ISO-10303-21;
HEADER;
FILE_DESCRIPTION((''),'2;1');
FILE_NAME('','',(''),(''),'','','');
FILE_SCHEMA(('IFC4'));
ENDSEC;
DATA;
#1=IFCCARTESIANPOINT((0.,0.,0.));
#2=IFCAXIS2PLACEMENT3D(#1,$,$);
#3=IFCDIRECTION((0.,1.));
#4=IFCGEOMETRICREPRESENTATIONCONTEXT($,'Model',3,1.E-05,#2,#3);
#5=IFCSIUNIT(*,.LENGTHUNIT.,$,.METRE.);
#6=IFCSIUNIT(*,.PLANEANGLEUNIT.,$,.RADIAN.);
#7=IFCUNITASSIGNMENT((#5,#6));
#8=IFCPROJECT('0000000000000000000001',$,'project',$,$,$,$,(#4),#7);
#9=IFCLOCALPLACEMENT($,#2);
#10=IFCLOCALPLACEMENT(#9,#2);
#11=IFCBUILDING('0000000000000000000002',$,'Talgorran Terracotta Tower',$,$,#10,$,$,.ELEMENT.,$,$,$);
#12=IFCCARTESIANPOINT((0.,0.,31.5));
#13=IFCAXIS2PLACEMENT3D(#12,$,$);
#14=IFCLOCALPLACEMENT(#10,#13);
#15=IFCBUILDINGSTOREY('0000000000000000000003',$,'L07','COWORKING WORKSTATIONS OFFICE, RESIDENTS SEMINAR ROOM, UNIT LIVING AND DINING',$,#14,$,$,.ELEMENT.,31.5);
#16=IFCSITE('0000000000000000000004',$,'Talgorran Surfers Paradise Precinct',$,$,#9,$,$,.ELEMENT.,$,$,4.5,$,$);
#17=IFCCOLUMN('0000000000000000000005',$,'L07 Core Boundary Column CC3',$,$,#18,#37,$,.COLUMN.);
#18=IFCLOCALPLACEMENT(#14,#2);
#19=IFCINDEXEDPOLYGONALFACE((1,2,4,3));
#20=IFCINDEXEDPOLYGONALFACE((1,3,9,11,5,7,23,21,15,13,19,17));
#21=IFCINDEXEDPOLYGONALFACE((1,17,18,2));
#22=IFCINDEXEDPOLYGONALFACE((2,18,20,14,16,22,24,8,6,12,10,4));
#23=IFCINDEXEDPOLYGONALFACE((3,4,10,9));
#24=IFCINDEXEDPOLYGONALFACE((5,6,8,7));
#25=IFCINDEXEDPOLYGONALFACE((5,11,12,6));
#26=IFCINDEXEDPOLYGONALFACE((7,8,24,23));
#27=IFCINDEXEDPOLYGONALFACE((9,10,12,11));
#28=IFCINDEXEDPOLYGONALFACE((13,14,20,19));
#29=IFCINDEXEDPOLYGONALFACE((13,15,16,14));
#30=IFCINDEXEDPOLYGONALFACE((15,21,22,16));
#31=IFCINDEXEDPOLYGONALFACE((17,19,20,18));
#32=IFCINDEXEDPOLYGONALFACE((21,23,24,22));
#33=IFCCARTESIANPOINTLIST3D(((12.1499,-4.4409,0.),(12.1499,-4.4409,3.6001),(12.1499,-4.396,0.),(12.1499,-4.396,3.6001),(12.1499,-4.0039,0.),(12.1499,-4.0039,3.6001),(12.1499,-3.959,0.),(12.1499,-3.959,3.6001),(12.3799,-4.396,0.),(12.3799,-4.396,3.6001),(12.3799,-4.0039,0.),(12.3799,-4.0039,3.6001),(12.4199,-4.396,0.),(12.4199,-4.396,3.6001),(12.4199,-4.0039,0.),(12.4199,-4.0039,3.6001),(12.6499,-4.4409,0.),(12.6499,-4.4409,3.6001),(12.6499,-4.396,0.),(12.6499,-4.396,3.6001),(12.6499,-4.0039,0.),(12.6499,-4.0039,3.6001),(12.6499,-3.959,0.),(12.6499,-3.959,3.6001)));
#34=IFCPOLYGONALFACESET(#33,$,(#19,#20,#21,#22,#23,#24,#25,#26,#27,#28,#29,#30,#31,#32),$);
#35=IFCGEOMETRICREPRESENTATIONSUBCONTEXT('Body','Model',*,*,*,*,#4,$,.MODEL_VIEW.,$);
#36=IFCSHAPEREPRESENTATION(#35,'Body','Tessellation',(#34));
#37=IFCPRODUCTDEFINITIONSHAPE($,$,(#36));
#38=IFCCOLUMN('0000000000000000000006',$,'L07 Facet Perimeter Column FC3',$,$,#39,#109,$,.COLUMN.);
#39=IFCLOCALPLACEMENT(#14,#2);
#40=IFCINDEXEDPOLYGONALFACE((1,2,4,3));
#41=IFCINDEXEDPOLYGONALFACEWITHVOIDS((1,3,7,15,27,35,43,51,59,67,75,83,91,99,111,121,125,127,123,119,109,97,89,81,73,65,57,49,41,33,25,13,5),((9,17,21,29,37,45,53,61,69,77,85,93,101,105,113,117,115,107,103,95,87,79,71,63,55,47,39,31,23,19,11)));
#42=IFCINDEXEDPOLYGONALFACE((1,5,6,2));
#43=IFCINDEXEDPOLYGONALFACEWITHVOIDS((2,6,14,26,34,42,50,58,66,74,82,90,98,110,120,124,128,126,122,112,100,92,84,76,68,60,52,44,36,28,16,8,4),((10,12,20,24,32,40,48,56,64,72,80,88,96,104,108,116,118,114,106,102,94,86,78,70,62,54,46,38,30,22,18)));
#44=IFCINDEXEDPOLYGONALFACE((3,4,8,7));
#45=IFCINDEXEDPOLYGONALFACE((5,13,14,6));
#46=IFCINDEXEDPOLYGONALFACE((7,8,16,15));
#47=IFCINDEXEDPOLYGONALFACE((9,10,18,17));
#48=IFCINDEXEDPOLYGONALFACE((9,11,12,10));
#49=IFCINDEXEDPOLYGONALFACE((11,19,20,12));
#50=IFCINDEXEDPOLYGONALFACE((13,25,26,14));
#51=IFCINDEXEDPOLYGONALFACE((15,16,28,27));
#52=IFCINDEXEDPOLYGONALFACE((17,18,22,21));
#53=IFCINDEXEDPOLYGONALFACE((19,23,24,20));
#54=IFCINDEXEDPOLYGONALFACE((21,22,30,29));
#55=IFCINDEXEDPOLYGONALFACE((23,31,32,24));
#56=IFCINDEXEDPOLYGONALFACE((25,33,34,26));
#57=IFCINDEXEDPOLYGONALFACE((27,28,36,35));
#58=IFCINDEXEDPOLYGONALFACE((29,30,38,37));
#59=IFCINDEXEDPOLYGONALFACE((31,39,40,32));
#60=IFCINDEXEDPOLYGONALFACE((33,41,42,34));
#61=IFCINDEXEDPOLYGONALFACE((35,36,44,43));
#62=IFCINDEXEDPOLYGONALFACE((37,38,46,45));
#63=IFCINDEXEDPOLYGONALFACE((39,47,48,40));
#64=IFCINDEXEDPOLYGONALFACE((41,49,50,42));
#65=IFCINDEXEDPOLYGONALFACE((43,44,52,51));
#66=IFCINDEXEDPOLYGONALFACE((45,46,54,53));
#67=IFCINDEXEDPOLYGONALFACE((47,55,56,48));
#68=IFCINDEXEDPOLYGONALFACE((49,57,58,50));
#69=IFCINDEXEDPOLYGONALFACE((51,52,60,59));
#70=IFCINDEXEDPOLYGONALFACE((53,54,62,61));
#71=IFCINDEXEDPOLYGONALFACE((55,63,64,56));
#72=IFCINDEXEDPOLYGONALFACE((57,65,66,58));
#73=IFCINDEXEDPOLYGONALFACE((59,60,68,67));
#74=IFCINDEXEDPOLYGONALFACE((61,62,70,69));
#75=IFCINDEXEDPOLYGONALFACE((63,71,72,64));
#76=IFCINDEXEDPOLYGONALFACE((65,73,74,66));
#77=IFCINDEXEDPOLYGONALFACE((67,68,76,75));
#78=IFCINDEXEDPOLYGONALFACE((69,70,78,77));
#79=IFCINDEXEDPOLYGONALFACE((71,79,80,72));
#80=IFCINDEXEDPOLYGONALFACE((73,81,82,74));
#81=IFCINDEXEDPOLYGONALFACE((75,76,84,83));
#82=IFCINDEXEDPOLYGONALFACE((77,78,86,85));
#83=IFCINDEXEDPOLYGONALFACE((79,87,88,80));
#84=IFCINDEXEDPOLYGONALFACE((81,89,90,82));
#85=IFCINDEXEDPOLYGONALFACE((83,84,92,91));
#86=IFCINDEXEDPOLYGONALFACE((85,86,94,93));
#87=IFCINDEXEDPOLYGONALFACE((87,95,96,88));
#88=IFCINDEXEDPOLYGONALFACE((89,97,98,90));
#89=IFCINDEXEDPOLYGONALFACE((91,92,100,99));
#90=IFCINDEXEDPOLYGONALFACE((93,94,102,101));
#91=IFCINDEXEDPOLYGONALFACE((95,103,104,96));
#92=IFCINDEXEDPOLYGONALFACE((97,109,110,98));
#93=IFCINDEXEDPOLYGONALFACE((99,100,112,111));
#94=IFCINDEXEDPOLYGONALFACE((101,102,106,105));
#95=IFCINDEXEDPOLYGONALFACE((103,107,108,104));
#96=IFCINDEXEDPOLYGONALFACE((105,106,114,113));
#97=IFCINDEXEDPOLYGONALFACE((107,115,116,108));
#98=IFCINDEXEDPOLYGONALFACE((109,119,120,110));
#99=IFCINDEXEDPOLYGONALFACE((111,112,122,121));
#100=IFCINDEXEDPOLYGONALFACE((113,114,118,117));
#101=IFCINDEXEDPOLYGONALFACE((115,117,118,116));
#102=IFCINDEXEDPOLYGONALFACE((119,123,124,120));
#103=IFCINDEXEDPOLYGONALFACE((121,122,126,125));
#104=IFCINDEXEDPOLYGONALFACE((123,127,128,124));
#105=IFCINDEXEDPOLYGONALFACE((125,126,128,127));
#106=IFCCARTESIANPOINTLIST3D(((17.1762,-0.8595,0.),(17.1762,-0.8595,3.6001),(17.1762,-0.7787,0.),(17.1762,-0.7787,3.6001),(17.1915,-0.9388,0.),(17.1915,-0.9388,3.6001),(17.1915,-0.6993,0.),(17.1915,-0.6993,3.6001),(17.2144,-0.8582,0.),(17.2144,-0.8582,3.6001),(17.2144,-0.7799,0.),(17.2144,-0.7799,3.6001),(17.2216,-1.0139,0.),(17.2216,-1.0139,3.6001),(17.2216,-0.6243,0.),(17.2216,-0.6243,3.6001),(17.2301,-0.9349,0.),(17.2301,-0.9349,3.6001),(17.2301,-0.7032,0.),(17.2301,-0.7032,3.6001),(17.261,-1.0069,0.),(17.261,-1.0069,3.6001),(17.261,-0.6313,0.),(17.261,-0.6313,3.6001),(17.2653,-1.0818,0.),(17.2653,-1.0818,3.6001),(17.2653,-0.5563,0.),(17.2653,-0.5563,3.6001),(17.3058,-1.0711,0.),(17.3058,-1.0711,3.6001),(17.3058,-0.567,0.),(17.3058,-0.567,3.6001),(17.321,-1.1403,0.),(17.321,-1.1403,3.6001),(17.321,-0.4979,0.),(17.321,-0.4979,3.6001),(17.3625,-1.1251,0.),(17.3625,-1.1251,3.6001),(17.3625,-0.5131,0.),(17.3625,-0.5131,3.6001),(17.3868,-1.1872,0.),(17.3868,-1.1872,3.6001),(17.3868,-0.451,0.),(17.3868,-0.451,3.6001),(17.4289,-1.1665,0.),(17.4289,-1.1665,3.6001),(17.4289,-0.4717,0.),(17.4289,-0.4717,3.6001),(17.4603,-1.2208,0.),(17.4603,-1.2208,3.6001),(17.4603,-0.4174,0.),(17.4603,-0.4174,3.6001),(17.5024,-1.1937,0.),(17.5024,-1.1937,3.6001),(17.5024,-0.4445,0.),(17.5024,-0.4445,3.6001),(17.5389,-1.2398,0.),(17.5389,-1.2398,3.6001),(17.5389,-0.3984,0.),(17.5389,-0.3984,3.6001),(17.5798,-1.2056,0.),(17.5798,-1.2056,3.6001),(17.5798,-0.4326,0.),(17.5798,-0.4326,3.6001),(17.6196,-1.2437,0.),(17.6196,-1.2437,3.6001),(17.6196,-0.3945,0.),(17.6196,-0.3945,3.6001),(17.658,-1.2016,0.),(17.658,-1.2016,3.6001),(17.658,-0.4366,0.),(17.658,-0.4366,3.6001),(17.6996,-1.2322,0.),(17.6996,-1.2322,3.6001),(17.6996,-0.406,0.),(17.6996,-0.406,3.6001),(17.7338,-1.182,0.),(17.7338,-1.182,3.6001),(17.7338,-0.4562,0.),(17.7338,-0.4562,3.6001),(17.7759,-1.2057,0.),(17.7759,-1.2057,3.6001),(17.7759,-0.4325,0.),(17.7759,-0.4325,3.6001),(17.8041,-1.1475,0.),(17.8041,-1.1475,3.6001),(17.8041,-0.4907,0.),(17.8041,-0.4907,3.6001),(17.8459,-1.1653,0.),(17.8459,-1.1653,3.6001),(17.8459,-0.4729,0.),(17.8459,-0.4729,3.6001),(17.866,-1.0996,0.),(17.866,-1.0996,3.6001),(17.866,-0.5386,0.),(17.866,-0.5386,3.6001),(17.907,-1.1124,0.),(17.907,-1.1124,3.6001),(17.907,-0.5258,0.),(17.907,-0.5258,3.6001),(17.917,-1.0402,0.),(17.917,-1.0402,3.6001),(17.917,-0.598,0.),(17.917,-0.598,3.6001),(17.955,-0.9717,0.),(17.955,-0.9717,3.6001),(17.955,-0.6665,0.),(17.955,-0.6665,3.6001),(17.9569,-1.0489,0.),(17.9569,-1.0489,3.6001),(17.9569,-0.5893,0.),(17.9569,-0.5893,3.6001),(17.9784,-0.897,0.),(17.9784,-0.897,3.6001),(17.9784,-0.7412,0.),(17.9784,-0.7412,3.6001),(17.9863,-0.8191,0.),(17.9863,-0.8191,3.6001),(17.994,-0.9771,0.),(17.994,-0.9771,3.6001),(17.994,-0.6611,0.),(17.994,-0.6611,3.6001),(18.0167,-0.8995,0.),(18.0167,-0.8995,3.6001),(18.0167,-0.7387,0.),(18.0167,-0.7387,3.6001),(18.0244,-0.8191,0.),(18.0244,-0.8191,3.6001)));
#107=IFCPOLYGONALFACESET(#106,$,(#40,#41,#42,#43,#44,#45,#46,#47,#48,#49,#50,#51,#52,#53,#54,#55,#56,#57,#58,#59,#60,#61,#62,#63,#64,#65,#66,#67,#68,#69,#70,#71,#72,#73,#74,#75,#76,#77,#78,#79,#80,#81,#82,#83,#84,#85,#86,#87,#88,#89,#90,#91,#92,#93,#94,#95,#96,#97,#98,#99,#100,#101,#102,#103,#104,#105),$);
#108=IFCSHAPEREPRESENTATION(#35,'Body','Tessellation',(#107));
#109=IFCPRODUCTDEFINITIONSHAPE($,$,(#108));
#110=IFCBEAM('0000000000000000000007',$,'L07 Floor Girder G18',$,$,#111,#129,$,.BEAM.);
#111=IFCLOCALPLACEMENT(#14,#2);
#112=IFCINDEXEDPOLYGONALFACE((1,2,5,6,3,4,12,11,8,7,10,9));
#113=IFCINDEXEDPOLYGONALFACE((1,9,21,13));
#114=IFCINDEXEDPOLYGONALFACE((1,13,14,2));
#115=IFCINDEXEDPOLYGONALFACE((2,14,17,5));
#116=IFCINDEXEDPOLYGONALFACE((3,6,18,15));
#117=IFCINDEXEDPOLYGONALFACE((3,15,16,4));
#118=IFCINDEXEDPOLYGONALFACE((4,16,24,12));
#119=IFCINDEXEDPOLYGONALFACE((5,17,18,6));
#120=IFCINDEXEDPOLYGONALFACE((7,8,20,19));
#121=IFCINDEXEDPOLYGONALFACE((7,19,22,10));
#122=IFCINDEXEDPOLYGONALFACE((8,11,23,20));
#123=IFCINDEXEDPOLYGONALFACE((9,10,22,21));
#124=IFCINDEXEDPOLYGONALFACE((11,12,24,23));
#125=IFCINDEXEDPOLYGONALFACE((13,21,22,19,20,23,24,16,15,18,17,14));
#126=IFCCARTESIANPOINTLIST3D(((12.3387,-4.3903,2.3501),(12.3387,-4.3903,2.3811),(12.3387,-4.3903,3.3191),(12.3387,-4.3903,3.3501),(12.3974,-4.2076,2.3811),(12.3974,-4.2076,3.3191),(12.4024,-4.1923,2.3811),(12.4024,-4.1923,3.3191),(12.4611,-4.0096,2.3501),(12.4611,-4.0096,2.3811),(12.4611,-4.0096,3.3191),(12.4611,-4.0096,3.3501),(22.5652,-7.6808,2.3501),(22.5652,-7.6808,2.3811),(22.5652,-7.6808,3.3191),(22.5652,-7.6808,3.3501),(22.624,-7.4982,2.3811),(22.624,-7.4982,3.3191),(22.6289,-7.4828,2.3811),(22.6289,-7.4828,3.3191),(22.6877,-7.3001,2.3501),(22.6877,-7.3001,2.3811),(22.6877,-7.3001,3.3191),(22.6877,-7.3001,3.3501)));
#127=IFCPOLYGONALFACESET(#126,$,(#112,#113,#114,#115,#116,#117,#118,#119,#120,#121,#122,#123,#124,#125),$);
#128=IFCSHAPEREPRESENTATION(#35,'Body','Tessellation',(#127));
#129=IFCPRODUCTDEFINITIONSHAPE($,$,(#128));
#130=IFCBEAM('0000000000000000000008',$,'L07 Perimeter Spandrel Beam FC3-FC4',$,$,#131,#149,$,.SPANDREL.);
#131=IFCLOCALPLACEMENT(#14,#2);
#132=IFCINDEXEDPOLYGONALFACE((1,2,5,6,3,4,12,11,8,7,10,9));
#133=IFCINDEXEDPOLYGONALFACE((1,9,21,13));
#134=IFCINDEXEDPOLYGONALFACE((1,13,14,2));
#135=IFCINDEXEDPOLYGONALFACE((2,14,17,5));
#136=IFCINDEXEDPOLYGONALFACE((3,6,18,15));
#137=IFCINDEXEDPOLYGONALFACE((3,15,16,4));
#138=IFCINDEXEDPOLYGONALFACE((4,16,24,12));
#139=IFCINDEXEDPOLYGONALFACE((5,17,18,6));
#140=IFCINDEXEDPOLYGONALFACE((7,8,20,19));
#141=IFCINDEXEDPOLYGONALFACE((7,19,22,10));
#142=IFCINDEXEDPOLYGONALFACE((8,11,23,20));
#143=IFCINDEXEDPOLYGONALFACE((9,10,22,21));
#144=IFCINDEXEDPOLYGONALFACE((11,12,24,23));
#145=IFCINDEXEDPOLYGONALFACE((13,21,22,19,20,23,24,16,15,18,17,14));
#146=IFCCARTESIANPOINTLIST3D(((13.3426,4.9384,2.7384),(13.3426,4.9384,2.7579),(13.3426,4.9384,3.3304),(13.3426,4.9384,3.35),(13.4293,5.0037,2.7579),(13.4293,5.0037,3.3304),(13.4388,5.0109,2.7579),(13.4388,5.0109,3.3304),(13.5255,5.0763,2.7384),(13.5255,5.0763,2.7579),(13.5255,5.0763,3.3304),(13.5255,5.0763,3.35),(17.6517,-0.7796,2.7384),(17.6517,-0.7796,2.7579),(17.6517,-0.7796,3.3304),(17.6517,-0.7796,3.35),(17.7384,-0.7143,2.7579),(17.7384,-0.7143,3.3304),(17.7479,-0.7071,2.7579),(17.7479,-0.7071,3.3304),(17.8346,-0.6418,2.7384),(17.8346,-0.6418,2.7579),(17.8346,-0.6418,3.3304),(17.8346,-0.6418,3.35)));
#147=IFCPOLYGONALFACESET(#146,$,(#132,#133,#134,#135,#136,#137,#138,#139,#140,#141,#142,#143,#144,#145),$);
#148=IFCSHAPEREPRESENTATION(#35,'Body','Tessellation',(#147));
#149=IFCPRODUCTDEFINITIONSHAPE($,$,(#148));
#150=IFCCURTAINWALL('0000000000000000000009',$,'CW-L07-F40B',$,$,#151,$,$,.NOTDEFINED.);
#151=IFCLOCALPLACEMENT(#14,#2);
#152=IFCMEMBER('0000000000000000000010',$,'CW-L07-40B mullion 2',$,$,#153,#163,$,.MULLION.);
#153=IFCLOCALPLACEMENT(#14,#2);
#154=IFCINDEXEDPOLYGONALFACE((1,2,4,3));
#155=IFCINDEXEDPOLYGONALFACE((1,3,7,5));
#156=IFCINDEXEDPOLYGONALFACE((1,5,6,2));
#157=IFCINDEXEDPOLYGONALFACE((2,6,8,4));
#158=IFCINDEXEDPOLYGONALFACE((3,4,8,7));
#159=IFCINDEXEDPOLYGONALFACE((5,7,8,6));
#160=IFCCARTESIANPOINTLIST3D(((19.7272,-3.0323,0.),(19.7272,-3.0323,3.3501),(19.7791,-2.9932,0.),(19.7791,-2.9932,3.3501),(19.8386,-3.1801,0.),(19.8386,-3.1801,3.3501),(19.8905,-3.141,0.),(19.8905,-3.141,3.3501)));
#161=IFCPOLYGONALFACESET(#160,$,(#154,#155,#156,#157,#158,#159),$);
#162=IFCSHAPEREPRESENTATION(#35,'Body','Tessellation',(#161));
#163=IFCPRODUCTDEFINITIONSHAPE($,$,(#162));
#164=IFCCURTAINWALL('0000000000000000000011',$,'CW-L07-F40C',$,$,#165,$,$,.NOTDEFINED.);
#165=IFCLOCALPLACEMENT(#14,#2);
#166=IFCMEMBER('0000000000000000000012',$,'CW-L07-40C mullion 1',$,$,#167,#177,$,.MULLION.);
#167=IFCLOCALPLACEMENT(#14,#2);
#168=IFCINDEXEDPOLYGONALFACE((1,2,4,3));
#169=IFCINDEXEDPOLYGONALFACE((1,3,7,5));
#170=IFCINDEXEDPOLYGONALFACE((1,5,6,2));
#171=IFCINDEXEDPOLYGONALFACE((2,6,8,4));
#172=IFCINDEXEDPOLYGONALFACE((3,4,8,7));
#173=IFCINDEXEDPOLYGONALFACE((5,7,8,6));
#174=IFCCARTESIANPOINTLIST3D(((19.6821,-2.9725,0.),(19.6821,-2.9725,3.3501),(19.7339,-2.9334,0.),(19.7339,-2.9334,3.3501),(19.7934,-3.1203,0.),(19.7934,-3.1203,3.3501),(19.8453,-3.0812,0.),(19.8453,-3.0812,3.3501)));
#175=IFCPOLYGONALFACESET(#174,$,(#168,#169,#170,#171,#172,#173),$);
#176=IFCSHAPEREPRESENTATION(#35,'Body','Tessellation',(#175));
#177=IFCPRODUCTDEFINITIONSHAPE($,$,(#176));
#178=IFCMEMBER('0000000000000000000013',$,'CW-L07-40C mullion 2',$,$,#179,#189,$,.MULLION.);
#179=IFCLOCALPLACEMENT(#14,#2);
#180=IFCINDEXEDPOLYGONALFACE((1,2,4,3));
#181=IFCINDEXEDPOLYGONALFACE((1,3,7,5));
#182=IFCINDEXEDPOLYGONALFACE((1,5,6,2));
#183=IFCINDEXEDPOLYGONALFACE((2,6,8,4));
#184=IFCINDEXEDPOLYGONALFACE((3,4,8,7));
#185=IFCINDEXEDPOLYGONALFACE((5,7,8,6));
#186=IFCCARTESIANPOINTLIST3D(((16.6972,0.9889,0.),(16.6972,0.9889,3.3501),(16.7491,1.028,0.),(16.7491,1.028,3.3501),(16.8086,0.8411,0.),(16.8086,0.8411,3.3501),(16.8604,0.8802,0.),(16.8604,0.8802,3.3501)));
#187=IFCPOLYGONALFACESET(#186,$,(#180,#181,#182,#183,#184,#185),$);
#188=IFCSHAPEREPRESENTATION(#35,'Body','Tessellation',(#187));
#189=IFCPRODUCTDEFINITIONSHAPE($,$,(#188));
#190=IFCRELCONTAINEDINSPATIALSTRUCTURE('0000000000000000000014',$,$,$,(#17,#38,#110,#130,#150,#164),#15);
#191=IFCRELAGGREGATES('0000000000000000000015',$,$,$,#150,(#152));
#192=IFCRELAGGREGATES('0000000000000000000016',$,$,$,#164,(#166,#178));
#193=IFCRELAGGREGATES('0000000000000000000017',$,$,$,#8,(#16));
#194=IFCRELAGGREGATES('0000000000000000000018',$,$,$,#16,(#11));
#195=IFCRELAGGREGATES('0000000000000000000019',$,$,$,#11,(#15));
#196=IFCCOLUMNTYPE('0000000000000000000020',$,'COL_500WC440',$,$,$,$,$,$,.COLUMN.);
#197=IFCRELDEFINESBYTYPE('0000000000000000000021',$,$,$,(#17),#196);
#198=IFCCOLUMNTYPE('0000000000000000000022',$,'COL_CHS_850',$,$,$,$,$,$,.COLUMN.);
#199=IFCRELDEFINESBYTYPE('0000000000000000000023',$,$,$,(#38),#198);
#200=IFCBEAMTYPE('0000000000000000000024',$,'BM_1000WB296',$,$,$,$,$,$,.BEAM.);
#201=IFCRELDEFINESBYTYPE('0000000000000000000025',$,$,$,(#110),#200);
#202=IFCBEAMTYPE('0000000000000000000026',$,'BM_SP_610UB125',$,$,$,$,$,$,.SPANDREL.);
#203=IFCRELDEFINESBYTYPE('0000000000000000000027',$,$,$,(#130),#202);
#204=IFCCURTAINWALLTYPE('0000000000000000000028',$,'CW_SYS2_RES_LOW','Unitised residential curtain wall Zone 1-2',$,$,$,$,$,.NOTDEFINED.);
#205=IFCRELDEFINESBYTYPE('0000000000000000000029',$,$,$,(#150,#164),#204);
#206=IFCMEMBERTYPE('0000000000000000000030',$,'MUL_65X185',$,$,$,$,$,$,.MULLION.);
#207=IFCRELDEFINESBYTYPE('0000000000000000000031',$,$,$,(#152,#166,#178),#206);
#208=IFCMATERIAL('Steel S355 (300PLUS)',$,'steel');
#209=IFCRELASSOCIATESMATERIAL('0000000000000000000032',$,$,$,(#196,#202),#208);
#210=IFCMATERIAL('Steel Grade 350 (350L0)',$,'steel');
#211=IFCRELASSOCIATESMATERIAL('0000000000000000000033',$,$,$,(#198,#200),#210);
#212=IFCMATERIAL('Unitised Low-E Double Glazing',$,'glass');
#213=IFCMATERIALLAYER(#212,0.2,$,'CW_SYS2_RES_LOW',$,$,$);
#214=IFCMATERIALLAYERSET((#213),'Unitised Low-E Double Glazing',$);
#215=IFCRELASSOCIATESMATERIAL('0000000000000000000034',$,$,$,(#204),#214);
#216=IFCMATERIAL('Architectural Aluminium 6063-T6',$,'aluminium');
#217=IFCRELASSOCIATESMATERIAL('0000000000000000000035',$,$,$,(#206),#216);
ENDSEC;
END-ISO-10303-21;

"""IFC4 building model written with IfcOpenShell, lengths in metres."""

from ifc_helpers import new_model, si_unit, direction, frame, origin, origin_2d, place, context, subcontext, project, spatial, rectangle, hollow_circle, i_section, extrude, material, layer, layer_set, material_profile, profile_set, type_object, element, aggregate, save


model = new_model("IFC4")

# Units and contexts
model_context = context("Model", 3, precision=1e-05, world=origin(), true_north=direction((0.0, 1.0)))
body_context = subcontext(model_context, "Body", "Model", "MODEL_VIEW")
ifc_project = project(units=[si_unit("LENGTHUNIT", "METRE"), si_unit("PLANEANGLEUNIT", "RADIAN")], contexts=[model_context])

# Site, building, storey
site_placement = place(None, origin())
site = spatial("IfcSite", under=ifc_project, at=site_placement, Name="Talgorran Surfers Paradise Precinct", CompositionType="ELEMENT", RefElevation=4.5)
building_placement = place(site_placement, origin())
building = spatial("IfcBuilding", under=site, at=building_placement, Name="Talgorran Terracotta Tower", CompositionType="ELEMENT")
storey_placement = place(building_placement, frame((0.0, 0.0, 31.5)))
storey = spatial("IfcBuildingStorey", under=building, at=storey_placement, Name="L07", Description="COWORKING WORKSTATIONS OFFICE, RESIDENTS SEMINAR ROOM, UNIT LIVING AND DINING", CompositionType="ELEMENT", Elevation=31.5)

# Columns
ifc_material_1 = material(Name="Steel S355 (300PLUS)", Category="steel")
ifc_material_profile_1 = material_profile(ifc_material_1, i_section(OverallWidth=0.5, OverallDepth=0.4819, WebThickness=0.04, FlangeThickness=0.0449, at=origin_2d()), Name="500WC440")
ifc_profile_set_1 = profile_set([ifc_material_profile_1], Name="Steel S355 (300PLUS)")
column_type_1 = type_object("IfcColumnType", Name="COL_500WC440", PredefinedType="COLUMN", material=ifc_profile_set_1)
column_1_placement = place(storey_placement, frame((12.3999, -4.2, 0.0), z_axis=(0.0, 0.0, 1.0), x_axis=(1.0, 0.0, 0.0)))
element("IfcColumn", 1, at=column_1_placement, inside=storey, type_object=column_type_1, Name="L07 Core Boundary Column CC3", PredefinedType="COLUMN", context=body_context, shape_type="SweptSolid", body=[
    extrude(i_section(OverallWidth=0.5, OverallDepth=0.4819, WebThickness=0.04, FlangeThickness=0.0449, at=origin_2d()), origin(), (0.0, 0.0, 1.0), 3.6001),
])
ifc_material_2 = material(Name="Steel Grade 350 (350L0)", Category="steel")
ifc_material_profile_2 = material_profile(ifc_material_2, hollow_circle(Radius=0.425, WallThickness=0.0381, at=origin_2d()), Name="CHS850X38")
ifc_profile_set_2 = profile_set([ifc_material_profile_2], Name="Steel Grade 350 (350L0)")
column_type_2 = type_object("IfcColumnType", Name="COL_CHS_850", PredefinedType="COLUMN", material=ifc_profile_set_2)
column_2_placement = place(storey_placement, frame((17.5994, -0.8191, 0.0), z_axis=(0.0, 0.0, 1.0), x_axis=(1.0, 0.0, 0.0)))
element("IfcColumn", 2, at=column_2_placement, inside=storey, type_object=column_type_2, Name="L07 Facet Perimeter Column FC3", PredefinedType="COLUMN", context=body_context, shape_type="SweptSolid", body=[
    extrude(hollow_circle(Radius=0.425, WallThickness=0.0381, at=origin_2d()), origin(), (0.0, 0.0, 1.0), 3.6001),
])

# Beams
ifc_material_profile_3 = material_profile(ifc_material_2, i_section(OverallWidth=0.3999, OverallDepth=1.0, WebThickness=0.0161, FlangeThickness=0.031, at=origin_2d()), Name="1000WB296")
ifc_profile_set_3 = profile_set([ifc_material_profile_3], Name="Steel Grade 350 (350L0)")
beam_type_1 = type_object("IfcBeamType", Name="BM_1000WB296", PredefinedType="BEAM", material=ifc_profile_set_3)
beam_1_placement = place(storey_placement, frame((12.3999, -4.2, 2.8501), z_axis=(0.951936, -0.306298, 0.0), x_axis=(0.306298, 0.951936, 0.0)))
element("IfcBeam", 3, at=beam_1_placement, inside=storey, type_object=beam_type_1, Name="L07 Floor Girder G18", PredefinedType="BEAM", context=body_context, shape_type="SweptSolid", body=[
    extrude(i_section(OverallWidth=0.3999, OverallDepth=1.0, WebThickness=0.0161, FlangeThickness=0.031, at=origin_2d()), origin(), (0.0, 0.0, 1.0), 10.7429),
])
ifc_material_profile_4 = material_profile(ifc_material_1, i_section(OverallWidth=0.229, OverallDepth=0.6116, WebThickness=0.012, FlangeThickness=0.0195, at=origin_2d()), Name="610UB125")
ifc_profile_set_4 = profile_set([ifc_material_profile_4], Name="Steel S355 (300PLUS)")
beam_type_2 = type_object("IfcBeamType", Name="BM_SP_610UB125", PredefinedType="SPANDREL", material=ifc_profile_set_4)
beam_2_placement = place(storey_placement, frame((17.7432, -0.7107, 3.0442), z_axis=(-0.601837, 0.798619, 0.0), x_axis=(-0.798619, -0.601837, 0.0)))
element("IfcBeam", 4, at=beam_2_placement, inside=storey, type_object=beam_type_2, Name="L07 Perimeter Spandrel Beam FC3-FC4", PredefinedType="SPANDREL", context=body_context, shape_type="SweptSolid", body=[
    extrude(i_section(OverallWidth=0.229, OverallDepth=0.6116, WebThickness=0.012, FlangeThickness=0.0195, at=origin_2d()), origin(), (0.0, 0.0, 1.0), 7.1599),
])

# Curtain wall, member
ifc_material_3 = material(Name="Unitised Low-E Double Glazing", Category="glass")
ifc_layer_1 = layer(ifc_material_3, 0.2, Name="CW_SYS2_RES_LOW")
ifc_layer_set_1 = layer_set([ifc_layer_1], Name="Unitised Low-E Double Glazing")
curtain_wall_type = type_object("IfcCurtainWallType", Name="CW_SYS2_RES_LOW", Description="Unitised residential curtain wall Zone 1-2", PredefinedType="NOTDEFINED", material=ifc_layer_set_1)
curtain_wall_1_placement = place(storey_placement, origin())
curtain_wall_1 = element("IfcCurtainWall", 5, at=curtain_wall_1_placement, inside=storey, type_object=curtain_wall_type, Name="CW-L07-F40B", PredefinedType="NOTDEFINED")
ifc_material_4 = material(Name="Architectural Aluminium 6063-T6", Category="aluminium")
ifc_material_profile_5 = material_profile(ifc_material_4, rectangle(XDim=0.0649, YDim=0.1851, at=origin_2d()), Name="CWM65X185")
ifc_profile_set_5 = profile_set([ifc_material_profile_5], Name="Architectural Aluminium 6063-T6")
member_type_1 = type_object("IfcMemberType", Name="MUL_65X185", PredefinedType="MULLION", material=ifc_profile_set_5)
member_1_placement = place(storey_placement, frame((19.8088, -3.0867, 0.0), z_axis=(0.0, 0.0, 1.0), x_axis=(-0.798636, -0.601814, 0.0)))
member_1 = element("IfcMember", 6, at=member_1_placement, type_object=member_type_1, Name="CW-L07-40B mullion 2", PredefinedType="MULLION", context=body_context, shape_type="SweptSolid", body=[
    extrude(rectangle(XDim=0.0649, YDim=0.1851, at=origin_2d()), origin(), (0.0, 0.0, 1.0), 3.3501),
])
aggregate(curtain_wall_1, [member_1])

# Curtain wall, members
curtain_wall_2_placement = place(storey_placement, origin())
curtain_wall_2 = element("IfcCurtainWall", 7, at=curtain_wall_2_placement, inside=storey, type_object=curtain_wall_type, Name="CW-L07-F40C", PredefinedType="NOTDEFINED")
member_2_placement = place(storey_placement, frame((19.7637, -3.0269, 0.0), z_axis=(0.0, 0.0, 1.0), x_axis=(-0.798649, -0.601797, 0.0)))
member_2 = element("IfcMember", 8, at=member_2_placement, type_object=member_type_1, Name="CW-L07-40C mullion 1", PredefinedType="MULLION", context=body_context, shape_type="SweptSolid", body=[
    extrude(rectangle(XDim=0.0649, YDim=0.1851, at=origin_2d()), origin(), (0.0, 0.0, 1.0), 3.3501),
])
member_3_placement = place(storey_placement, frame((16.7788, 0.9346, 0.0), z_axis=(0.0, 0.0, 1.0), x_axis=(-0.798649, -0.601797, 0.0)))
member_3 = element("IfcMember", 9, at=member_3_placement, type_object=member_type_1, Name="CW-L07-40C mullion 2", PredefinedType="MULLION", context=body_context, shape_type="SweptSolid", body=[
    extrude(rectangle(XDim=0.0649, YDim=0.1851, at=origin_2d()), origin(), (0.0, 0.0, 1.0), 3.3501),
])

aggregate(curtain_wall_2, [member_2, member_3])

save(model, "model.ifc")
